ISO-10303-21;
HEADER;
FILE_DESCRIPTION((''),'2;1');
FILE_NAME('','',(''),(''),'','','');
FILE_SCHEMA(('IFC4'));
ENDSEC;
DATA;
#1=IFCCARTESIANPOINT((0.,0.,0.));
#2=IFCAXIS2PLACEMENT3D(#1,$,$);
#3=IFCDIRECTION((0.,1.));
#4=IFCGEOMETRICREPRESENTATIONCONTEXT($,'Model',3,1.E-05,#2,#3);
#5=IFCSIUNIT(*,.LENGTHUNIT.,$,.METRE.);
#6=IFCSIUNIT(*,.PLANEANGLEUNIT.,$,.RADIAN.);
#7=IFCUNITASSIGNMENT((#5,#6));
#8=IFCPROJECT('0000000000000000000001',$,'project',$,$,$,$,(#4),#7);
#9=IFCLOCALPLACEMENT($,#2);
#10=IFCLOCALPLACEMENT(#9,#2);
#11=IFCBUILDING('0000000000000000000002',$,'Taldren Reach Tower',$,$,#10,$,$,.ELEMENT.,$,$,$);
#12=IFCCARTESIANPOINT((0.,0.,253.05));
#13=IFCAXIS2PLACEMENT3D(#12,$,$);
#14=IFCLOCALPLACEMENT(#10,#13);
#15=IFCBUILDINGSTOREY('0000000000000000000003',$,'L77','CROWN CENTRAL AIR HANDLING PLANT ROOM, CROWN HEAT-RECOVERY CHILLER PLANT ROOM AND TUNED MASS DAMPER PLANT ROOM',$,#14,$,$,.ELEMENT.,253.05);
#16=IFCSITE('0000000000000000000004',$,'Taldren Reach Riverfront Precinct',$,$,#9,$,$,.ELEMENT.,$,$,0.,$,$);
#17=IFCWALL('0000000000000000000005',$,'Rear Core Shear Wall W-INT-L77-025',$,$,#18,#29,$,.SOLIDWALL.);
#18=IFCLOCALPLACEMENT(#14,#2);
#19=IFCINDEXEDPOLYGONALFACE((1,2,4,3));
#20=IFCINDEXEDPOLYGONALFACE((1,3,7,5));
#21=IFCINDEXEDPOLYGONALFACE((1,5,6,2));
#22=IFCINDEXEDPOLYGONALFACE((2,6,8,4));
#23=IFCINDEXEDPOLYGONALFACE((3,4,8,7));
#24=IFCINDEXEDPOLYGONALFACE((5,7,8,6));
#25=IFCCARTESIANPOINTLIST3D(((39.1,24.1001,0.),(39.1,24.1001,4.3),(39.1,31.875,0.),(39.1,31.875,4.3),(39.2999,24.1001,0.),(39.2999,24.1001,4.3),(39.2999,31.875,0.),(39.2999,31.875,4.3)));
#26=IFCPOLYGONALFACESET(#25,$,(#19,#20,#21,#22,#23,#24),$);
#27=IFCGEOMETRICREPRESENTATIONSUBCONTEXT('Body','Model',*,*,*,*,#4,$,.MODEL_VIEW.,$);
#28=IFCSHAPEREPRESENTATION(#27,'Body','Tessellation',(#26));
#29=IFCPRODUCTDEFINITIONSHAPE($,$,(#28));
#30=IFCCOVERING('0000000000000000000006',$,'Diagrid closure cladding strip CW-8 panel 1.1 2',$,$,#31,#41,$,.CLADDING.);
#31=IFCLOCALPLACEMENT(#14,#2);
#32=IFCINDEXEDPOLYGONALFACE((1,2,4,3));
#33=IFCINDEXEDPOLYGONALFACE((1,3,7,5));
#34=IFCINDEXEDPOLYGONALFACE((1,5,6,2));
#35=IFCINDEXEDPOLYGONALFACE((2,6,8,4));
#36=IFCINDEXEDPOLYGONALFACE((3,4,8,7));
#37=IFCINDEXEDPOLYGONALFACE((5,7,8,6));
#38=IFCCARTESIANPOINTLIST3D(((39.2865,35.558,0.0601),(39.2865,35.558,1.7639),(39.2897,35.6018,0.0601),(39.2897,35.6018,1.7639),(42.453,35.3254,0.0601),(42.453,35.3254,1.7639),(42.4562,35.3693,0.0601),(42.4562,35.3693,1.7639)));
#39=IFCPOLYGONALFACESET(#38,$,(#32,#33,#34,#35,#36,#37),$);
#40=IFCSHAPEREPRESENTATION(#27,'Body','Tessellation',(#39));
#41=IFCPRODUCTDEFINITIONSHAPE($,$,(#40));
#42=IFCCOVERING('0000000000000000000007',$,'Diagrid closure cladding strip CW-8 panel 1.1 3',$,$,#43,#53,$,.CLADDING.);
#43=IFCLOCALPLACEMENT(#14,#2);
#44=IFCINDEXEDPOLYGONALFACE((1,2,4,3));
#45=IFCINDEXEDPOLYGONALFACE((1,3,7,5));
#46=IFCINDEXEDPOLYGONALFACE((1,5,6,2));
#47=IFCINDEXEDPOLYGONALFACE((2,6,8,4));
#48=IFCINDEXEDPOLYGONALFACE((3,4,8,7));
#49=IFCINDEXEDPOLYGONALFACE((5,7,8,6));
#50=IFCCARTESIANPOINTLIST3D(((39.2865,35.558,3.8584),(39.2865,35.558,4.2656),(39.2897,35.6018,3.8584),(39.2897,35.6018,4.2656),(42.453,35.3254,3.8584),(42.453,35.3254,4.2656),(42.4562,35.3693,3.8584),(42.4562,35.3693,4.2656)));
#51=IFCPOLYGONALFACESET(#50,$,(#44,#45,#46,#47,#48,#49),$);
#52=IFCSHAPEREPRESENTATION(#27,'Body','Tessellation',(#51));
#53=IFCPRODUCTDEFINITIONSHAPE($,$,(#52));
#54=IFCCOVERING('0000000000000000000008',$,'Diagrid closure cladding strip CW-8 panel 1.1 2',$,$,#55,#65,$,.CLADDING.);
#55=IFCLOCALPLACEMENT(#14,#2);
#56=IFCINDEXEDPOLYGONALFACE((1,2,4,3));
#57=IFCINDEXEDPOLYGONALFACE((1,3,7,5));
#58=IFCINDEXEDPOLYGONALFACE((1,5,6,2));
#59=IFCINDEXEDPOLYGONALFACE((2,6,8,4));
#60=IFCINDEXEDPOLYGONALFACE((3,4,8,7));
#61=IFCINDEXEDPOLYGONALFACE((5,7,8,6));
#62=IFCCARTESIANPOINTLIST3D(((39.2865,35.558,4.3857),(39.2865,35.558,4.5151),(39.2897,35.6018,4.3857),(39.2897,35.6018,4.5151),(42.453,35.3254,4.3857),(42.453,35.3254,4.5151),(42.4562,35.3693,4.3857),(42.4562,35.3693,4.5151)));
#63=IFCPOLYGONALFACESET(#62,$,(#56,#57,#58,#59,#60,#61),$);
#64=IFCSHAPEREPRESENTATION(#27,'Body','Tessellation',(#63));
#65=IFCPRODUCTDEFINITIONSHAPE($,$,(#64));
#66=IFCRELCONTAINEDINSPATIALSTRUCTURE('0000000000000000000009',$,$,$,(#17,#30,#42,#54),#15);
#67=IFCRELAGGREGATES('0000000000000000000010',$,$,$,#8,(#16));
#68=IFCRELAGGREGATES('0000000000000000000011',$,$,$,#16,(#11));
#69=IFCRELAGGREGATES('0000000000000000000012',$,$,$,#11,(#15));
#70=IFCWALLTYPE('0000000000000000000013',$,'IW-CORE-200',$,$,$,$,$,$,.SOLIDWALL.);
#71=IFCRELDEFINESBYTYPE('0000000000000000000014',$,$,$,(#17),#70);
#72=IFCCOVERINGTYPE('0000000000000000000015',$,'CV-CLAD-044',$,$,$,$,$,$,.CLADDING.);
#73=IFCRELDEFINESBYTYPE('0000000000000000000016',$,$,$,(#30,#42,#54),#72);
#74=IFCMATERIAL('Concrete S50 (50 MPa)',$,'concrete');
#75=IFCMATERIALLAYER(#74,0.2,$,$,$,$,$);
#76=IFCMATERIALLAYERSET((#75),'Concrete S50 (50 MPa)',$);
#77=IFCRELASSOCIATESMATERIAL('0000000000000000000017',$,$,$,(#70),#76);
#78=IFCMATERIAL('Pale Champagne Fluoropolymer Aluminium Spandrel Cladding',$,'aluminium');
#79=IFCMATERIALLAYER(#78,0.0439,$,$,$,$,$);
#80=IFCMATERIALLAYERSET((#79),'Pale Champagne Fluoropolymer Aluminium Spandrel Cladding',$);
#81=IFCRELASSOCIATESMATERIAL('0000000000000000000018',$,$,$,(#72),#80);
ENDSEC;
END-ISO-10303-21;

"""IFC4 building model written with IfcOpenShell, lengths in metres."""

from ifc_helpers import new_model, si_unit, direction, frame, frame_2d, origin, origin_2d, place, context, subcontext, project, spatial, rectangle, extrude, source, transform, mapped, material, layer, layer_set, type_object, element, save


model = new_model("IFC4")

# Units and contexts
model_context = context("Model", 3, precision=1e-05, world=origin(), true_north=direction((0.0, 1.0)))
body_context = subcontext(model_context, "Body", "Model", "MODEL_VIEW")
ifc_project = project(units=[si_unit("LENGTHUNIT", "METRE"), si_unit("PLANEANGLEUNIT", "RADIAN")], contexts=[model_context])

# Site, building, storey
site_placement = place(None, origin())
site = spatial("IfcSite", under=ifc_project, at=site_placement, Name="Taldren Reach Riverfront Precinct", CompositionType="ELEMENT", RefElevation=0.0)
building_placement = place(site_placement, origin())
building = spatial("IfcBuilding", under=site, at=building_placement, Name="Taldren Reach Tower", CompositionType="ELEMENT")
storey_placement = place(building_placement, frame((0.0, 0.0, 253.05)))
storey = spatial("IfcBuildingStorey", under=building, at=storey_placement, Name="L77", Description="CROWN CENTRAL AIR HANDLING PLANT ROOM, CROWN HEAT-RECOVERY CHILLER PLANT ROOM AND TUNED MASS DAMPER PLANT ROOM", CompositionType="ELEMENT", Elevation=253.05)

# Wall
ifc_material_1 = material(Name="Concrete S50 (50 MPa)", Category="concrete")
ifc_layer_1 = layer(ifc_material_1, 0.2)
ifc_layer_set_1 = layer_set([ifc_layer_1], Name="Concrete S50 (50 MPa)")
wall_type_1 = type_object("IfcWallType", Name="IW-CORE-200", PredefinedType="SOLIDWALL", material=ifc_layer_set_1)
shared_shape_1 = source(origin(), body_context, "Body", "SweptSolid", [
    extrude(rectangle(XDim=7.7749, YDim=0.2, at=frame_2d((3.8875, 0.0))), origin(), (0.0, 0.0, 1.0), 4.3),
])
wall_1_placement = place(storey_placement, frame((39.2, 31.875, 0.0), z_axis=(0.0, 0.0, 1.0), x_axis=(0.0, -1.0, 0.0)))
element("IfcWall", 1, at=wall_1_placement, inside=storey, type_object=wall_type_1, Name="Rear Core Shear Wall W-INT-L77-025", PredefinedType="SOLIDWALL", context=body_context, shape_type="MappedRepresentation", body=[
    mapped(shared_shape_1, transform((0.0, 0.0, 0.0), scale=1.0)),
])

# Coverings
ifc_material_2 = material(Name="Pale Champagne Fluoropolymer Aluminium Spandrel Cladding", Category="aluminium")
ifc_layer_2 = layer(ifc_material_2, 0.0439)
ifc_layer_set_2 = layer_set([ifc_layer_2], Name="Pale Champagne Fluoropolymer Aluminium Spandrel Cladding")
covering_type = type_object("IfcCoveringType", Name="CV-CLAD-044", PredefinedType="CLADDING", material=ifc_layer_set_2)
shared_shape_2 = source(origin(), body_context, "Body", "SweptSolid", [
    extrude(rectangle(XDim=3.175, YDim=0.0439, at=origin_2d()), origin(), (0.0, 0.0, 1.0), 1.7039),
])
covering_1_placement = place(storey_placement, frame((40.8713, 35.4636, 0.0601), z_axis=(0.0, 0.0, 1.0), x_axis=(0.997314, -0.073239, 0.0)))
element("IfcCovering", 2, at=covering_1_placement, inside=storey, type_object=covering_type, Name="Diagrid closure cladding strip CW-8 panel 1.1 2", PredefinedType="CLADDING", context=body_context, shape_type="MappedRepresentation", body=[
    mapped(shared_shape_2, transform((0.0, 0.0, 0.0), scale=1.0)),
])
shared_shape_3 = source(origin(), body_context, "Body", "SweptSolid", [
    extrude(rectangle(XDim=3.175, YDim=0.0439, at=origin_2d()), origin(), (0.0, 0.0, 1.0), 0.4072),
])
covering_2_placement = place(storey_placement, frame((40.8713, 35.4636, 3.8584), z_axis=(0.0, 0.0, 1.0), x_axis=(0.997314, -0.073239, 0.0)))
element("IfcCovering", 3, at=covering_2_placement, inside=storey, type_object=covering_type, Name="Diagrid closure cladding strip CW-8 panel 1.1 3", PredefinedType="CLADDING", context=body_context, shape_type="MappedRepresentation", body=[
    mapped(shared_shape_3, transform((0.0, 0.0, 0.0), scale=1.0)),
])
shared_shape_4 = source(origin(), body_context, "Body", "SweptSolid", [
    extrude(rectangle(XDim=3.175, YDim=0.0439, at=origin_2d()), origin(), (0.0, 0.0, 1.0), 0.1294),
])
covering_3_placement = place(storey_placement, frame((40.8713, 35.4636, 4.3857), z_axis=(0.0, 0.0, 1.0), x_axis=(0.997314, -0.073239, 0.0)))
element("IfcCovering", 4, at=covering_3_placement, inside=storey, type_object=covering_type, Name="Diagrid closure cladding strip CW-8 panel 1.1 2", PredefinedType="CLADDING", context=body_context, shape_type="MappedRepresentation", body=[
    mapped(shared_shape_4, transform((0.0, 0.0, 0.0), scale=1.0)),
])

save(model, "model.ifc")
